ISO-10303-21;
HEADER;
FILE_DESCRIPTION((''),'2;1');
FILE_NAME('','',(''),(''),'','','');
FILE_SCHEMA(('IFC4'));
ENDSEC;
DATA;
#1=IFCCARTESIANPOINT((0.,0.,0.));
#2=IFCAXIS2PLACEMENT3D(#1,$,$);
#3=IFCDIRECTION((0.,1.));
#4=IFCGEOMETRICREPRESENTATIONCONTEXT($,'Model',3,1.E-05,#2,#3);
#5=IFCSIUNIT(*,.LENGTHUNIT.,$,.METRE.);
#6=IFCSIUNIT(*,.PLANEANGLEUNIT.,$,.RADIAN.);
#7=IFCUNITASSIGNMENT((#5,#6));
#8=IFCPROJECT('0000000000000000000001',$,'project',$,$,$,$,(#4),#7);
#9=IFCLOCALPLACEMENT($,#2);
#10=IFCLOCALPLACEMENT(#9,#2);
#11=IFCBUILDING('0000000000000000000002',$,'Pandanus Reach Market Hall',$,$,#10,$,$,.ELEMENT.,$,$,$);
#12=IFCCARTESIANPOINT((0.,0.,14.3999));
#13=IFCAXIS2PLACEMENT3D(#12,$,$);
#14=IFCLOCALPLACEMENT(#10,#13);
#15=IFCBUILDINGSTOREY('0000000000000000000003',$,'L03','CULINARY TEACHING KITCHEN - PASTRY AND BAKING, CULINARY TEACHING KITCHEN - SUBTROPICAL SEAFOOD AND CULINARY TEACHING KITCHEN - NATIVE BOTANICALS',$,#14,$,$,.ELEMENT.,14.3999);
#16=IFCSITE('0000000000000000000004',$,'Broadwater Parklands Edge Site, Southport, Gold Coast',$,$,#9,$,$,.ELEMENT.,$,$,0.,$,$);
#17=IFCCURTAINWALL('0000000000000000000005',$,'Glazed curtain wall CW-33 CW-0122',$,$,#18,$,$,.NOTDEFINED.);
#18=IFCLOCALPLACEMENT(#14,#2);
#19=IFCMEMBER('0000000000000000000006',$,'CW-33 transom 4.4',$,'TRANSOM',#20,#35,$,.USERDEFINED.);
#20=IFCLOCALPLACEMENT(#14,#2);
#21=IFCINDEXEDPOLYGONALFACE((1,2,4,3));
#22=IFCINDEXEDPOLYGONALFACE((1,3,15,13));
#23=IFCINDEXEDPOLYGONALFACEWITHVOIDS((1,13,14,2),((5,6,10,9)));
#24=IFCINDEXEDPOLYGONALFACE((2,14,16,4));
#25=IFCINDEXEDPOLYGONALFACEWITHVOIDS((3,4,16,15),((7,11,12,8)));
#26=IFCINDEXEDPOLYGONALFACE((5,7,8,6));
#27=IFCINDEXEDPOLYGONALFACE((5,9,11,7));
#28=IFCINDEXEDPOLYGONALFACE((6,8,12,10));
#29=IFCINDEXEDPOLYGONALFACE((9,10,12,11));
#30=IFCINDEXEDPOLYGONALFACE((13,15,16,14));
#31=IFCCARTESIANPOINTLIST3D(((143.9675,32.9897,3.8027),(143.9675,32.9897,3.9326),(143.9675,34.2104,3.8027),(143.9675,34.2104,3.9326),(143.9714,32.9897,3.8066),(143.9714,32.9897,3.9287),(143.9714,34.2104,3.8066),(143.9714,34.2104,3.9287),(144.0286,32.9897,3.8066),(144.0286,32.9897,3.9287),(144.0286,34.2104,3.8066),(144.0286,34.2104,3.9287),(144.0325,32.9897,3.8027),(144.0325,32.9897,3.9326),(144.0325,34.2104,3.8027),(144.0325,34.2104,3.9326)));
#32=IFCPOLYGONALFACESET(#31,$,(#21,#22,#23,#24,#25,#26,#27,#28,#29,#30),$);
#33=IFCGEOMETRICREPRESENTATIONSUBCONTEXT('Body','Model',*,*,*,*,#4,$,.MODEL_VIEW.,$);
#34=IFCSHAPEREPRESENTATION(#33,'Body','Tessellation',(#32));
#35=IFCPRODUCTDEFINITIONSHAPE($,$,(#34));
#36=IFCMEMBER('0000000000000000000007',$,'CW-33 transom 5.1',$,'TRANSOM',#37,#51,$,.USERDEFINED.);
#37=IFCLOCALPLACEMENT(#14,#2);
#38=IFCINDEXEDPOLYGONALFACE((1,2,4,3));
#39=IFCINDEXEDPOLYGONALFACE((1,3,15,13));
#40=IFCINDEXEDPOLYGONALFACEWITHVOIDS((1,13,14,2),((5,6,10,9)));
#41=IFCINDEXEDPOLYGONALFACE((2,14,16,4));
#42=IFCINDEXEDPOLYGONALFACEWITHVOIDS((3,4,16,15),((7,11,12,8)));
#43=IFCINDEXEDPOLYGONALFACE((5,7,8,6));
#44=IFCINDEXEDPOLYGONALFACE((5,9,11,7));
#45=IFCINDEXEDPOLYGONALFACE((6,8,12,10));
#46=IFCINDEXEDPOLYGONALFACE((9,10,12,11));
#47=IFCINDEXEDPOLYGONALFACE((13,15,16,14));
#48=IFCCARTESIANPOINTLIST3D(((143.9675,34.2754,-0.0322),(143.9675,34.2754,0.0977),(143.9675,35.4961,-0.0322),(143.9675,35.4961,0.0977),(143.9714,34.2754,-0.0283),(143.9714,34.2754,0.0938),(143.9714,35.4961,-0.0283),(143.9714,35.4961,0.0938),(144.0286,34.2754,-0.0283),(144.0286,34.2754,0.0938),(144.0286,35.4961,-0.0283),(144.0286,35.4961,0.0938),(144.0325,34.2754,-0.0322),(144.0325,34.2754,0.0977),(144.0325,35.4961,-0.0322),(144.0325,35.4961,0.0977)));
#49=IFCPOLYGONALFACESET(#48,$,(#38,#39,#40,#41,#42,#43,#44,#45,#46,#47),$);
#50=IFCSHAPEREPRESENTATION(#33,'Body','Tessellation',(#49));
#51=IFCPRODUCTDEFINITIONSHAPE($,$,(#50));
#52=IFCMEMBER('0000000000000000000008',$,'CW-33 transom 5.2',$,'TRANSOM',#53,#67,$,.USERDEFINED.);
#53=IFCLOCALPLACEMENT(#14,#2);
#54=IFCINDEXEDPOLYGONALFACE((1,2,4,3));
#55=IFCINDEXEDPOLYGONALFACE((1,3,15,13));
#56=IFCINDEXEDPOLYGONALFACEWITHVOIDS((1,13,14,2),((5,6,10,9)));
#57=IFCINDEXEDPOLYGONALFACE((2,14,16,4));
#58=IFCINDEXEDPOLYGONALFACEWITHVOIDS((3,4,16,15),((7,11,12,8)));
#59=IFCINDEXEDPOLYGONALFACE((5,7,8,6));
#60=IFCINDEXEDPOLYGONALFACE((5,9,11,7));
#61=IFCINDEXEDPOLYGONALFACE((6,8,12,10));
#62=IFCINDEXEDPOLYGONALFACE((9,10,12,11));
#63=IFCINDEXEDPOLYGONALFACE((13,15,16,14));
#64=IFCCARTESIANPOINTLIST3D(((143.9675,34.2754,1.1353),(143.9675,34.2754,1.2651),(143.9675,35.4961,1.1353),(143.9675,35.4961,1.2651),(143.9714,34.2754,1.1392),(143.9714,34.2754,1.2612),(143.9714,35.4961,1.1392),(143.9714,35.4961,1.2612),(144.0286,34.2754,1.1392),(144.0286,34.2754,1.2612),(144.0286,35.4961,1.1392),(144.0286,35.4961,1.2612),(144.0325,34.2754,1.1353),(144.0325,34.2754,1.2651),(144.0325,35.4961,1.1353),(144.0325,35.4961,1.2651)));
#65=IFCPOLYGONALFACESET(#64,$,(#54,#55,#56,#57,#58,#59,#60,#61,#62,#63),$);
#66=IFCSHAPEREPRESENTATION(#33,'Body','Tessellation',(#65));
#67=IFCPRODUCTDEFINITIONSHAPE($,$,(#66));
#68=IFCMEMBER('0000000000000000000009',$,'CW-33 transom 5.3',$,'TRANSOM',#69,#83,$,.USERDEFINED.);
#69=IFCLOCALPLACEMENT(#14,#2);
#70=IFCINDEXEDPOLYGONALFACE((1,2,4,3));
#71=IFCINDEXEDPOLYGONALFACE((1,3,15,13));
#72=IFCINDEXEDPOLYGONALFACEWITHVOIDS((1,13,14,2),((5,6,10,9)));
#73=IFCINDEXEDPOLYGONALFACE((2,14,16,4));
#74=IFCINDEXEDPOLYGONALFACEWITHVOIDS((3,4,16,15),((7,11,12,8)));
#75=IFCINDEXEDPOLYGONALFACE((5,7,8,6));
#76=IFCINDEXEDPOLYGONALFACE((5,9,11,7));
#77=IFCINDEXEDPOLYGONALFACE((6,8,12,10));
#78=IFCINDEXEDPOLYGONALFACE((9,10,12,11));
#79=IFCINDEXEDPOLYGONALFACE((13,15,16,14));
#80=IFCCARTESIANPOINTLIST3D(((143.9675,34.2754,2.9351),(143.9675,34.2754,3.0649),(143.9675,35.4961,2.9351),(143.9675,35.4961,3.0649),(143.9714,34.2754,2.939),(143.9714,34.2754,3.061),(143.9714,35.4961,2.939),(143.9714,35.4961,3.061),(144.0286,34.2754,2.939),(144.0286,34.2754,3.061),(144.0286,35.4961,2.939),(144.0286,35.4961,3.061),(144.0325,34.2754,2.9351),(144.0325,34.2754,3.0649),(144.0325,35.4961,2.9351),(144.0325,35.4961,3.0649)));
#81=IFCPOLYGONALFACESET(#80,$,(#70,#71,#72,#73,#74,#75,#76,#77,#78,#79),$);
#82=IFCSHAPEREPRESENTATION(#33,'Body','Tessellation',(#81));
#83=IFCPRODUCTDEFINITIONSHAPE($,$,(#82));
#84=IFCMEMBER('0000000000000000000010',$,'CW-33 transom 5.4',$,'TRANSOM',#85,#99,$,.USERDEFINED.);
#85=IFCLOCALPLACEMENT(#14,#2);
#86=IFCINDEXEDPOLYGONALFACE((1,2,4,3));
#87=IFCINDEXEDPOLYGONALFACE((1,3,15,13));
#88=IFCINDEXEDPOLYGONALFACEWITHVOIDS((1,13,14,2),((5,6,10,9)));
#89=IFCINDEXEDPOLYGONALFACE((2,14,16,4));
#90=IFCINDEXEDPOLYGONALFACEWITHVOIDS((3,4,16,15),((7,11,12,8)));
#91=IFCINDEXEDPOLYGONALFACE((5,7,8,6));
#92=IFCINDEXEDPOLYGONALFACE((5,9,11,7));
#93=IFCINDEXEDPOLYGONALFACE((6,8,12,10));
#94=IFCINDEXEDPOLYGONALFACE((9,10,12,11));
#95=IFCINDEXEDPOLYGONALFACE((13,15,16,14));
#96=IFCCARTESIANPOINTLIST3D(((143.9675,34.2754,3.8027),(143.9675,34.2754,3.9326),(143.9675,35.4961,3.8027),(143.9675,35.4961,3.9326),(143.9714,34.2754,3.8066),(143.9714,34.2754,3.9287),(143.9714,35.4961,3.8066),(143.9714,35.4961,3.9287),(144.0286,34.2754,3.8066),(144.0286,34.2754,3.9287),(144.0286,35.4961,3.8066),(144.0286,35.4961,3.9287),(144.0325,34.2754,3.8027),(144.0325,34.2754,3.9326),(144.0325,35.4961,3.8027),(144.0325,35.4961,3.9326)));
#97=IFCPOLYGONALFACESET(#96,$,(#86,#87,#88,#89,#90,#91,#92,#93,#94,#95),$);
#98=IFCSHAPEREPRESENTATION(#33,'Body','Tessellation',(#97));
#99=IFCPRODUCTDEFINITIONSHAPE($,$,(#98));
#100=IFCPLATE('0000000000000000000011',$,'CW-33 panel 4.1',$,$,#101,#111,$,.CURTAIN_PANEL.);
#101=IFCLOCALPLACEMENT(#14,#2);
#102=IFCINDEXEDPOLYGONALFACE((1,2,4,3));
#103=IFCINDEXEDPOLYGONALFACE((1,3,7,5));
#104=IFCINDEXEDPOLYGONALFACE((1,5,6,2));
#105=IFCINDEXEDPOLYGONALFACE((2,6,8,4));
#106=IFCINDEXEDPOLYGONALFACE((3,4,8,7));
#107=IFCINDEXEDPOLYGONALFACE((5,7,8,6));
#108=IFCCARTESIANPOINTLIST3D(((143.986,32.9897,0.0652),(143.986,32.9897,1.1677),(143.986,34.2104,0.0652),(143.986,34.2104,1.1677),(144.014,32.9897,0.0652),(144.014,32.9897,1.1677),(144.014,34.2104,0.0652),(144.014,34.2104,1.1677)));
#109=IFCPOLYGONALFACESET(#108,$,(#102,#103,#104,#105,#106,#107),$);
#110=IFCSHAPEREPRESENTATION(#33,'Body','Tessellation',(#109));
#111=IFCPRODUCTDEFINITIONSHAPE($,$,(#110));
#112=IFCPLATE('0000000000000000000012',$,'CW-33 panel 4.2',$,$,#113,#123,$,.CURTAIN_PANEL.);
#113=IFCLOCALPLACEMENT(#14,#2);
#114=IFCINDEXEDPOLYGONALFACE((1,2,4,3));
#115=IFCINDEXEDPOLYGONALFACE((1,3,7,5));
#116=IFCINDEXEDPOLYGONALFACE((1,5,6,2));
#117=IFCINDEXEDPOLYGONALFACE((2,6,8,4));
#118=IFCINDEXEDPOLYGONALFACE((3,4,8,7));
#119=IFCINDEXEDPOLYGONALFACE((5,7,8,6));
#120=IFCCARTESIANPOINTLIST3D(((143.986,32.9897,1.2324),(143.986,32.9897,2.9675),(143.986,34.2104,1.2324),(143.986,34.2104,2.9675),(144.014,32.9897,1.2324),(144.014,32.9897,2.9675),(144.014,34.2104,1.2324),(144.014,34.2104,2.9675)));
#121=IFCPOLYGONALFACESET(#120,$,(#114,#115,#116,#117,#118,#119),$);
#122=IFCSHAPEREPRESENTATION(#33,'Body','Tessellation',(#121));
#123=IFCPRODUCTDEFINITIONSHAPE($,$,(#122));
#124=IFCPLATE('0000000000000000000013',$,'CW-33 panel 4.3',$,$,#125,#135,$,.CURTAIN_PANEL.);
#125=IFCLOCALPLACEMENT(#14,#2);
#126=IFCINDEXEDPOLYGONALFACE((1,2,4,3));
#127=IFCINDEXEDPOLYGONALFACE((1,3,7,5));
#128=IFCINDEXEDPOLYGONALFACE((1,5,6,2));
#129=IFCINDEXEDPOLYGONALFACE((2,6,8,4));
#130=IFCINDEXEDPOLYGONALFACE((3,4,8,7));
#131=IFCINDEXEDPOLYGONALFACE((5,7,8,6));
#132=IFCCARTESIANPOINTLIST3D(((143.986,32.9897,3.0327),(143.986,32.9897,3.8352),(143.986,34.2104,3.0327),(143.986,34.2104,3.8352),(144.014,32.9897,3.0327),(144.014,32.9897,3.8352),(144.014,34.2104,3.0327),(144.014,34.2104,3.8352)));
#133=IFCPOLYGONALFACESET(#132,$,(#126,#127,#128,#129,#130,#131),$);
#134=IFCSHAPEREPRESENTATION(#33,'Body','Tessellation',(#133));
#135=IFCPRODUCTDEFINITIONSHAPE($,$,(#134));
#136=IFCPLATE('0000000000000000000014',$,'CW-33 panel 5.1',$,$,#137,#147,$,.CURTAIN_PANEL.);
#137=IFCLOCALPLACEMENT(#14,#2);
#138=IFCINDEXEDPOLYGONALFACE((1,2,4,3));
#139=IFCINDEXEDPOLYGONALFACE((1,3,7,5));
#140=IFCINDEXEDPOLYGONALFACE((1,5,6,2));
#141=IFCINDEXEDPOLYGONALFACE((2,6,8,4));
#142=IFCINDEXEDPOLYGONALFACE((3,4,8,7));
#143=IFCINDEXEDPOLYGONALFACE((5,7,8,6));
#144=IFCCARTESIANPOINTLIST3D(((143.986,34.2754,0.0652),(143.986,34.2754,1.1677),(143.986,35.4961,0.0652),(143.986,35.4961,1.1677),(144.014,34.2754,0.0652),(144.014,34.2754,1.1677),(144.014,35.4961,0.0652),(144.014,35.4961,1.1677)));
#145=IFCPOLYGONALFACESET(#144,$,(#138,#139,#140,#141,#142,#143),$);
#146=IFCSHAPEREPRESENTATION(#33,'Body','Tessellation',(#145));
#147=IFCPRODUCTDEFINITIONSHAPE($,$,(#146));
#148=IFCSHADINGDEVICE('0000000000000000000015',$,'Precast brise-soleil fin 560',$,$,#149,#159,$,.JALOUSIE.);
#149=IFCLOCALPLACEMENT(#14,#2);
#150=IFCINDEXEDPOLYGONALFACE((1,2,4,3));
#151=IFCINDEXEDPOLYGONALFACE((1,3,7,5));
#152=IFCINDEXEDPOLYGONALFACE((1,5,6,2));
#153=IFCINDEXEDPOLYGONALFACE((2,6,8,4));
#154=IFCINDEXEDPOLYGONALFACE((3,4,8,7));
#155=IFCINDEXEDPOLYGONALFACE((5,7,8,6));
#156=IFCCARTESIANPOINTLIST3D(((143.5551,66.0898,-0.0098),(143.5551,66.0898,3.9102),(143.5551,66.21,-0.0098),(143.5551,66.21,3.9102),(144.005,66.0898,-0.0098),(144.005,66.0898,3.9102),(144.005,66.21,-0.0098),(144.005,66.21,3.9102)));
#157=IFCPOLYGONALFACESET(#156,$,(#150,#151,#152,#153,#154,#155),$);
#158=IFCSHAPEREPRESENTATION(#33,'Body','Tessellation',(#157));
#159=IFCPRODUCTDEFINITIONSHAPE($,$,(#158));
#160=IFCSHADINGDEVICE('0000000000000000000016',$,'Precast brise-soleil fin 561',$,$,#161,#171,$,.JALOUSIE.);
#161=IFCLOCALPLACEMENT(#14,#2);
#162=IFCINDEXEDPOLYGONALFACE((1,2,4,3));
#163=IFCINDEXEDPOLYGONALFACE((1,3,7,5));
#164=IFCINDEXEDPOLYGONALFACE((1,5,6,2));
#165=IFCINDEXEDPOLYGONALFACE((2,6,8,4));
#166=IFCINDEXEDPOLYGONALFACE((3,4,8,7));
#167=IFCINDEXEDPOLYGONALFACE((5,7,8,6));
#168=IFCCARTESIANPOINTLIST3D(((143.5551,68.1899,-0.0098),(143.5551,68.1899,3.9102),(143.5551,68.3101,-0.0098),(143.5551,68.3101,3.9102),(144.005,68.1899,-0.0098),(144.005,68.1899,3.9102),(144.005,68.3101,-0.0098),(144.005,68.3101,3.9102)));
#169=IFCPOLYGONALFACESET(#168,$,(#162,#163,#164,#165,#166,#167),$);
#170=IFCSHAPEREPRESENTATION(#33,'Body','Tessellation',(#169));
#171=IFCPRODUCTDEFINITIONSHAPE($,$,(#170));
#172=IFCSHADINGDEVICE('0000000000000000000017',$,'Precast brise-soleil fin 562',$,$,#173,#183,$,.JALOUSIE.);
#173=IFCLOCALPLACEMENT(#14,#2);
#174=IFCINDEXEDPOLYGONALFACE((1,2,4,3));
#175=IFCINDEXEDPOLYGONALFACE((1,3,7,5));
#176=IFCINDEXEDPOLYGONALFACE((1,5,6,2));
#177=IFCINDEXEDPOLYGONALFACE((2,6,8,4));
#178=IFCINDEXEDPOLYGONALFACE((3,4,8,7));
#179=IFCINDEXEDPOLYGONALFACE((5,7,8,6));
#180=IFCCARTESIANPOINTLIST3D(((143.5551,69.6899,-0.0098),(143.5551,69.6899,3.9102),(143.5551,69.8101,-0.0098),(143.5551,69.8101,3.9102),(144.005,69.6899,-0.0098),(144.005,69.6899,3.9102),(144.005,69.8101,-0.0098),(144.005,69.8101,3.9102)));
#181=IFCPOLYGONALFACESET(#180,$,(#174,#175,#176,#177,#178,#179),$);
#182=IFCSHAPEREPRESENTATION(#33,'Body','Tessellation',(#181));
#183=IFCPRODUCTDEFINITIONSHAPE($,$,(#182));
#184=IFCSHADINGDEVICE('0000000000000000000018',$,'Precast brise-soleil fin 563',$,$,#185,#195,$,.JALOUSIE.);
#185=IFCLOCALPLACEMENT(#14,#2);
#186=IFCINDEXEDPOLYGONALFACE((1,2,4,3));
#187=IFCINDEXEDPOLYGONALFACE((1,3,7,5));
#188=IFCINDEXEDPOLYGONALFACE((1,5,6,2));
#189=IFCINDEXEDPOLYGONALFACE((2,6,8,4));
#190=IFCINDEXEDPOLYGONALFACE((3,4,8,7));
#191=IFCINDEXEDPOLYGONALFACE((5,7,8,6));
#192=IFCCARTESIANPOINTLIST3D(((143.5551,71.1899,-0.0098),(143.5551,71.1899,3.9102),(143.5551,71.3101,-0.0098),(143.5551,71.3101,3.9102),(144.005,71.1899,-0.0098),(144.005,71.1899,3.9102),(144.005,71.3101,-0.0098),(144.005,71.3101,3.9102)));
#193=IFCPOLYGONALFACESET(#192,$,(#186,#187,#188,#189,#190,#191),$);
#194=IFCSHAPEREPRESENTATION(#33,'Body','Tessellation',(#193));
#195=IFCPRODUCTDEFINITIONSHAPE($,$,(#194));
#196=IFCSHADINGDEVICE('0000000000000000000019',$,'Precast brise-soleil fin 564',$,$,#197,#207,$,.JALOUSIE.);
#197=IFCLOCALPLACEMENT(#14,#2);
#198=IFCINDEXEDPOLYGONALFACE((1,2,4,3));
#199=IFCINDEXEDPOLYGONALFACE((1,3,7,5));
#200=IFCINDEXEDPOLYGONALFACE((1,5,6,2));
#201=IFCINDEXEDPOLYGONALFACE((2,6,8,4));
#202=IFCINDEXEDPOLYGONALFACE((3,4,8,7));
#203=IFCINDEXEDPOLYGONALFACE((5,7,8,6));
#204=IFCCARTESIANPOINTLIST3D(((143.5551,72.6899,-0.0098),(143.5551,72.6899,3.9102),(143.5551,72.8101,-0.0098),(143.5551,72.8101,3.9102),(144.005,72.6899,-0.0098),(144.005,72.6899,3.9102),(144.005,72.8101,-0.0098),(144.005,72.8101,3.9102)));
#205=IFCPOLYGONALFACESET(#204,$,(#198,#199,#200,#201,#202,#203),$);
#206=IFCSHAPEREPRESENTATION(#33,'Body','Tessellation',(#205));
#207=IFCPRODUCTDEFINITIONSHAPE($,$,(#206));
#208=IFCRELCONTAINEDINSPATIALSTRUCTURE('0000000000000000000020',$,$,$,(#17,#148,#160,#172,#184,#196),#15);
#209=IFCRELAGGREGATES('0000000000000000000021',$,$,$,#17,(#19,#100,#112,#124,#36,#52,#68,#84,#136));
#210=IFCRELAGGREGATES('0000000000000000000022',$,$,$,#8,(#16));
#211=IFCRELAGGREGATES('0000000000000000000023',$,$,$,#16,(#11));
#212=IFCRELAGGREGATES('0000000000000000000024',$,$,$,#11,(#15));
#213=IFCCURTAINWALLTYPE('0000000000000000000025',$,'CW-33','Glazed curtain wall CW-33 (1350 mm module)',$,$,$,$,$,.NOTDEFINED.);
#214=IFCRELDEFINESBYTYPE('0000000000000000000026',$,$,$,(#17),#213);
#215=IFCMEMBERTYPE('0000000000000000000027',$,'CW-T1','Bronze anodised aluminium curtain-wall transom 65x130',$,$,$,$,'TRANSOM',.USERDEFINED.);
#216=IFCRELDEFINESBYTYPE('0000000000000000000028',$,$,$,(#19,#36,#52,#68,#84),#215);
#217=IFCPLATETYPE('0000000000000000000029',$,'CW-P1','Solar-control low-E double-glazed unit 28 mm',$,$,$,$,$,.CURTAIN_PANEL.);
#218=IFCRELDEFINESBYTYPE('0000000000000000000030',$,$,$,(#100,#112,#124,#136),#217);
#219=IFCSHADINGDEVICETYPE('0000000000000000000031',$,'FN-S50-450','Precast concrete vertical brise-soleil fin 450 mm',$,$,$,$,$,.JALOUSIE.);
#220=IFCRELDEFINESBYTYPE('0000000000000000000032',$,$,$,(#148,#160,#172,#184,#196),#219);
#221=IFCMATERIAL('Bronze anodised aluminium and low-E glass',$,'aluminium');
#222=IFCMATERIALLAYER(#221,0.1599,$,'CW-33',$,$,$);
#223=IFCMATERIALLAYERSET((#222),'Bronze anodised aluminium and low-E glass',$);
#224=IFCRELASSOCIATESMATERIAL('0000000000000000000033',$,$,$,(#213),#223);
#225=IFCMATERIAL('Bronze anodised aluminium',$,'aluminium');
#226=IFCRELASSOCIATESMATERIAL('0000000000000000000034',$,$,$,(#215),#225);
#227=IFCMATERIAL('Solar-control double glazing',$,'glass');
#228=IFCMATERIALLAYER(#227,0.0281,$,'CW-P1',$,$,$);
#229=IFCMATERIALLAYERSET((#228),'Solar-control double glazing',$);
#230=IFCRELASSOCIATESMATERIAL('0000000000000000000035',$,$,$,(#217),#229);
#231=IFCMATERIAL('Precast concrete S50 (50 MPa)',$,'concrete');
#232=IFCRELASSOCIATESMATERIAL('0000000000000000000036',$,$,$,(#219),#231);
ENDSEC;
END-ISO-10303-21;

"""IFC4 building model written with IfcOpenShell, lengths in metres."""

from ifc_helpers import new_model, si_unit, direction, frame, origin, origin_2d, place, context, subcontext, project, spatial, rectangle, hollow_rectangle, extrude, material, layer, layer_set, material_profile, profile_set, type_object, element, aggregate, save


model = new_model("IFC4")

# Units and contexts
model_context = context("Model", 3, precision=1e-05, world=origin(), true_north=direction((0.0, 1.0)))
body_context = subcontext(model_context, "Body", "Model", "MODEL_VIEW")
ifc_project = project(units=[si_unit("LENGTHUNIT", "METRE"), si_unit("PLANEANGLEUNIT", "RADIAN")], contexts=[model_context])

# Site, building, storey
site_placement = place(None, origin())
site = spatial("IfcSite", under=ifc_project, at=site_placement, Name="Broadwater Parklands Edge Site, Southport, Gold Coast", CompositionType="ELEMENT", RefElevation=0.0)
building_placement = place(site_placement, origin())
building = spatial("IfcBuilding", under=site, at=building_placement, Name="Pandanus Reach Market Hall", CompositionType="ELEMENT")
storey_placement = place(building_placement, frame((0.0, 0.0, 14.3999)))
storey = spatial("IfcBuildingStorey", under=building, at=storey_placement, Name="L03", Description="CULINARY TEACHING KITCHEN - PASTRY AND BAKING, CULINARY TEACHING KITCHEN - SUBTROPICAL SEAFOOD AND CULINARY TEACHING KITCHEN - NATIVE BOTANICALS", CompositionType="ELEMENT", Elevation=14.3999)

# Curtain wall, members, plates
ifc_material_1 = material(Name="Bronze anodised aluminium and low-E glass", Category="aluminium")
ifc_layer_1 = layer(ifc_material_1, 0.1599, Name="CW-33")
ifc_layer_set_1 = layer_set([ifc_layer_1], Name="Bronze anodised aluminium and low-E glass")
curtain_wall_type = type_object("IfcCurtainWallType", Name="CW-33", Description="Glazed curtain wall CW-33 (1350 mm module)", PredefinedType="NOTDEFINED", material=ifc_layer_set_1)
curtain_wall_placement = place(storey_placement, origin())
curtain_wall = element("IfcCurtainWall", 1, at=curtain_wall_placement, inside=storey, type_object=curtain_wall_type, Name="Glazed curtain wall CW-33 CW-0122", PredefinedType="NOTDEFINED")
ifc_material_2 = material(Name="Bronze anodised aluminium", Category="aluminium")
ifc_material_profile_1 = material_profile(ifc_material_2, hollow_rectangle(XDim=0.0649, YDim=0.1299, WallThickness=0.0039, at=origin_2d()), Name="ALU65x130", Category="LoadBearing")
ifc_profile_set_1 = profile_set([ifc_material_profile_1], Name="Bronze anodised aluminium")
member_type_1 = type_object("IfcMemberType", Name="CW-T1", Description="Bronze anodised aluminium curtain-wall transom 65x130", ElementType="TRANSOM", PredefinedType="USERDEFINED", material=ifc_profile_set_1)
member_1_placement = place(storey_placement, frame((144.0, 32.9897, 3.8677), z_axis=(0.0, 1.0, 0.0), x_axis=(-1.0, 0.0, 0.0)))
member_1 = element("IfcMember", 2, at=member_1_placement, type_object=member_type_1, Name="CW-33 transom 4.4", ObjectType="TRANSOM", PredefinedType="USERDEFINED", context=body_context, shape_type="SweptSolid", body=[
    extrude(hollow_rectangle(XDim=0.0649, YDim=0.1299, WallThickness=0.0039, at=origin_2d()), origin(), (0.0, 0.0, 1.0), 1.2207),
])
member_2_placement = place(storey_placement, frame((144.0, 34.2754, 0.0327), z_axis=(0.0, 1.0, 0.0), x_axis=(-1.0, 0.0, 0.0)))
member_2 = element("IfcMember", 3, at=member_2_placement, type_object=member_type_1, Name="CW-33 transom 5.1", ObjectType="TRANSOM", PredefinedType="USERDEFINED", context=body_context, shape_type="SweptSolid", body=[
    extrude(hollow_rectangle(XDim=0.0649, YDim=0.1299, WallThickness=0.0039, at=origin_2d()), origin(), (0.0, 0.0, 1.0), 1.2207),
])
member_3_placement = place(storey_placement, frame((144.0, 34.2754, 1.2002), z_axis=(0.0, 1.0, 0.0), x_axis=(-1.0, 0.0, 0.0)))
member_3 = element("IfcMember", 4, at=member_3_placement, type_object=member_type_1, Name="CW-33 transom 5.2", ObjectType="TRANSOM", PredefinedType="USERDEFINED", context=body_context, shape_type="SweptSolid", body=[
    extrude(hollow_rectangle(XDim=0.0649, YDim=0.1299, WallThickness=0.0039, at=origin_2d()), origin(), (0.0, 0.0, 1.0), 1.2207),
])
member_4_placement = place(storey_placement, frame((144.0, 34.2754, 3.0), z_axis=(0.0, 1.0, 0.0), x_axis=(-1.0, 0.0, 0.0)))
member_4 = element("IfcMember", 5, at=member_4_placement, type_object=member_type_1, Name="CW-33 transom 5.3", ObjectType="TRANSOM", PredefinedType="USERDEFINED", context=body_context, shape_type="SweptSolid", body=[
    extrude(hollow_rectangle(XDim=0.0649, YDim=0.1299, WallThickness=0.0039, at=origin_2d()), origin(), (0.0, 0.0, 1.0), 1.2207),
])
member_5_placement = place(storey_placement, frame((144.0, 34.2754, 3.8677), z_axis=(0.0, 1.0, 0.0), x_axis=(-1.0, 0.0, 0.0)))
member_5 = element("IfcMember", 6, at=member_5_placement, type_object=member_type_1, Name="CW-33 transom 5.4", ObjectType="TRANSOM", PredefinedType="USERDEFINED", context=body_context, shape_type="SweptSolid", body=[
    extrude(hollow_rectangle(XDim=0.0649, YDim=0.1299, WallThickness=0.0039, at=origin_2d()), origin(), (0.0, 0.0, 1.0), 1.2207),
])
ifc_material_3 = material(Name="Solar-control double glazing", Category="glass")
ifc_layer_2 = layer(ifc_material_3, 0.0281, Name="CW-P1")
ifc_layer_set_2 = layer_set([ifc_layer_2], Name="Solar-control double glazing")
plate_type = type_object("IfcPlateType", Name="CW-P1", Description="Solar-control low-E double-glazed unit 28 mm", PredefinedType="CURTAIN_PANEL", material=ifc_layer_set_2)
plate_1_placement = place(storey_placement, frame((144.0, 33.6001, 0.0652), z_axis=(0.0, 0.0, 1.0), x_axis=(0.0, 1.0, 0.0)))
plate_1 = element("IfcPlate", 7, at=plate_1_placement, type_object=plate_type, Name="CW-33 panel 4.1", PredefinedType="CURTAIN_PANEL", context=body_context, shape_type="SweptSolid", body=[
    extrude(rectangle(XDim=1.2207, YDim=0.0281, at=origin_2d()), origin(), (0.0, 0.0, 1.0), 1.1025),
])
plate_2_placement = place(storey_placement, frame((144.0, 33.6001, 1.2324), z_axis=(0.0, 0.0, 1.0), x_axis=(0.0, 1.0, 0.0)))
plate_2 = element("IfcPlate", 8, at=plate_2_placement, type_object=plate_type, Name="CW-33 panel 4.2", PredefinedType="CURTAIN_PANEL", context=body_context, shape_type="SweptSolid", body=[
    extrude(rectangle(XDim=1.2207, YDim=0.0281, at=origin_2d()), origin(), (0.0, 0.0, 1.0), 1.7351),
])
plate_3_placement = place(storey_placement, frame((144.0, 33.6001, 3.0327), z_axis=(0.0, 0.0, 1.0), x_axis=(0.0, 1.0, 0.0)))
plate_3 = element("IfcPlate", 9, at=plate_3_placement, type_object=plate_type, Name="CW-33 panel 4.3", PredefinedType="CURTAIN_PANEL", context=body_context, shape_type="SweptSolid", body=[
    extrude(rectangle(XDim=1.2207, YDim=0.0281, at=origin_2d()), origin(), (0.0, 0.0, 1.0), 0.8025),
])
plate_4_placement = place(storey_placement, frame((144.0, 34.8857, 0.0652), z_axis=(0.0, 0.0, 1.0), x_axis=(0.0, 1.0, 0.0)))
plate_4 = element("IfcPlate", 10, at=plate_4_placement, type_object=plate_type, Name="CW-33 panel 5.1", PredefinedType="CURTAIN_PANEL", context=body_context, shape_type="SweptSolid", body=[
    extrude(rectangle(XDim=1.2207, YDim=0.0281, at=origin_2d()), origin(), (0.0, 0.0, 1.0), 1.1025),
])
aggregate(curtain_wall, [member_1, plate_1, plate_2, plate_3, member_2, member_3, member_4, member_5, plate_4])

# Shading devices
ifc_material_4 = material(Name="Precast concrete S50 (50 MPa)", Category="concrete")
shading_device_type = type_object("IfcShadingDeviceType", Name="FN-S50-450", Description="Precast concrete vertical brise-soleil fin 450 mm", PredefinedType="JALOUSIE", material=ifc_material_4)
for number, where, z_axis, x_axis, name in (
    (11, (143.78, 66.1499, -0.0098), (0.0, 0.0, 1.0), (-1.0, 0.0, 0.0), "Precast brise-soleil fin 560"),
    (12, (143.78, 68.25, -0.0098), (0.0, 0.0, 1.0), (-1.0, 0.0, 0.0), "Precast brise-soleil fin 561"),
    (13, (143.78, 69.75, -0.0098), (0.0, 0.0, 1.0), (-1.0, 0.0, 0.0), "Precast brise-soleil fin 562"),
    (14, (143.78, 71.25, -0.0098), (0.0, 0.0, 1.0), (-1.0, 0.0, 0.0), "Precast brise-soleil fin 563"),
    (15, (143.78, 72.75, -0.0098), (0.0, 0.0, 1.0), (-1.0, 0.0, 0.0), "Precast brise-soleil fin 564"),
):
    element("IfcShadingDevice", number, at=place(storey_placement, frame(where, z_axis=z_axis, x_axis=x_axis)), inside=storey, type_object=shading_device_type, Name=name, PredefinedType="JALOUSIE", context=body_context, shape_type="SweptSolid", body=[
        extrude(rectangle(XDim=0.45, YDim=0.1201, at=origin_2d()), origin(), (0.0, 0.0, 1.0), 3.9199),
    ])

save(model, "model.ifc")
